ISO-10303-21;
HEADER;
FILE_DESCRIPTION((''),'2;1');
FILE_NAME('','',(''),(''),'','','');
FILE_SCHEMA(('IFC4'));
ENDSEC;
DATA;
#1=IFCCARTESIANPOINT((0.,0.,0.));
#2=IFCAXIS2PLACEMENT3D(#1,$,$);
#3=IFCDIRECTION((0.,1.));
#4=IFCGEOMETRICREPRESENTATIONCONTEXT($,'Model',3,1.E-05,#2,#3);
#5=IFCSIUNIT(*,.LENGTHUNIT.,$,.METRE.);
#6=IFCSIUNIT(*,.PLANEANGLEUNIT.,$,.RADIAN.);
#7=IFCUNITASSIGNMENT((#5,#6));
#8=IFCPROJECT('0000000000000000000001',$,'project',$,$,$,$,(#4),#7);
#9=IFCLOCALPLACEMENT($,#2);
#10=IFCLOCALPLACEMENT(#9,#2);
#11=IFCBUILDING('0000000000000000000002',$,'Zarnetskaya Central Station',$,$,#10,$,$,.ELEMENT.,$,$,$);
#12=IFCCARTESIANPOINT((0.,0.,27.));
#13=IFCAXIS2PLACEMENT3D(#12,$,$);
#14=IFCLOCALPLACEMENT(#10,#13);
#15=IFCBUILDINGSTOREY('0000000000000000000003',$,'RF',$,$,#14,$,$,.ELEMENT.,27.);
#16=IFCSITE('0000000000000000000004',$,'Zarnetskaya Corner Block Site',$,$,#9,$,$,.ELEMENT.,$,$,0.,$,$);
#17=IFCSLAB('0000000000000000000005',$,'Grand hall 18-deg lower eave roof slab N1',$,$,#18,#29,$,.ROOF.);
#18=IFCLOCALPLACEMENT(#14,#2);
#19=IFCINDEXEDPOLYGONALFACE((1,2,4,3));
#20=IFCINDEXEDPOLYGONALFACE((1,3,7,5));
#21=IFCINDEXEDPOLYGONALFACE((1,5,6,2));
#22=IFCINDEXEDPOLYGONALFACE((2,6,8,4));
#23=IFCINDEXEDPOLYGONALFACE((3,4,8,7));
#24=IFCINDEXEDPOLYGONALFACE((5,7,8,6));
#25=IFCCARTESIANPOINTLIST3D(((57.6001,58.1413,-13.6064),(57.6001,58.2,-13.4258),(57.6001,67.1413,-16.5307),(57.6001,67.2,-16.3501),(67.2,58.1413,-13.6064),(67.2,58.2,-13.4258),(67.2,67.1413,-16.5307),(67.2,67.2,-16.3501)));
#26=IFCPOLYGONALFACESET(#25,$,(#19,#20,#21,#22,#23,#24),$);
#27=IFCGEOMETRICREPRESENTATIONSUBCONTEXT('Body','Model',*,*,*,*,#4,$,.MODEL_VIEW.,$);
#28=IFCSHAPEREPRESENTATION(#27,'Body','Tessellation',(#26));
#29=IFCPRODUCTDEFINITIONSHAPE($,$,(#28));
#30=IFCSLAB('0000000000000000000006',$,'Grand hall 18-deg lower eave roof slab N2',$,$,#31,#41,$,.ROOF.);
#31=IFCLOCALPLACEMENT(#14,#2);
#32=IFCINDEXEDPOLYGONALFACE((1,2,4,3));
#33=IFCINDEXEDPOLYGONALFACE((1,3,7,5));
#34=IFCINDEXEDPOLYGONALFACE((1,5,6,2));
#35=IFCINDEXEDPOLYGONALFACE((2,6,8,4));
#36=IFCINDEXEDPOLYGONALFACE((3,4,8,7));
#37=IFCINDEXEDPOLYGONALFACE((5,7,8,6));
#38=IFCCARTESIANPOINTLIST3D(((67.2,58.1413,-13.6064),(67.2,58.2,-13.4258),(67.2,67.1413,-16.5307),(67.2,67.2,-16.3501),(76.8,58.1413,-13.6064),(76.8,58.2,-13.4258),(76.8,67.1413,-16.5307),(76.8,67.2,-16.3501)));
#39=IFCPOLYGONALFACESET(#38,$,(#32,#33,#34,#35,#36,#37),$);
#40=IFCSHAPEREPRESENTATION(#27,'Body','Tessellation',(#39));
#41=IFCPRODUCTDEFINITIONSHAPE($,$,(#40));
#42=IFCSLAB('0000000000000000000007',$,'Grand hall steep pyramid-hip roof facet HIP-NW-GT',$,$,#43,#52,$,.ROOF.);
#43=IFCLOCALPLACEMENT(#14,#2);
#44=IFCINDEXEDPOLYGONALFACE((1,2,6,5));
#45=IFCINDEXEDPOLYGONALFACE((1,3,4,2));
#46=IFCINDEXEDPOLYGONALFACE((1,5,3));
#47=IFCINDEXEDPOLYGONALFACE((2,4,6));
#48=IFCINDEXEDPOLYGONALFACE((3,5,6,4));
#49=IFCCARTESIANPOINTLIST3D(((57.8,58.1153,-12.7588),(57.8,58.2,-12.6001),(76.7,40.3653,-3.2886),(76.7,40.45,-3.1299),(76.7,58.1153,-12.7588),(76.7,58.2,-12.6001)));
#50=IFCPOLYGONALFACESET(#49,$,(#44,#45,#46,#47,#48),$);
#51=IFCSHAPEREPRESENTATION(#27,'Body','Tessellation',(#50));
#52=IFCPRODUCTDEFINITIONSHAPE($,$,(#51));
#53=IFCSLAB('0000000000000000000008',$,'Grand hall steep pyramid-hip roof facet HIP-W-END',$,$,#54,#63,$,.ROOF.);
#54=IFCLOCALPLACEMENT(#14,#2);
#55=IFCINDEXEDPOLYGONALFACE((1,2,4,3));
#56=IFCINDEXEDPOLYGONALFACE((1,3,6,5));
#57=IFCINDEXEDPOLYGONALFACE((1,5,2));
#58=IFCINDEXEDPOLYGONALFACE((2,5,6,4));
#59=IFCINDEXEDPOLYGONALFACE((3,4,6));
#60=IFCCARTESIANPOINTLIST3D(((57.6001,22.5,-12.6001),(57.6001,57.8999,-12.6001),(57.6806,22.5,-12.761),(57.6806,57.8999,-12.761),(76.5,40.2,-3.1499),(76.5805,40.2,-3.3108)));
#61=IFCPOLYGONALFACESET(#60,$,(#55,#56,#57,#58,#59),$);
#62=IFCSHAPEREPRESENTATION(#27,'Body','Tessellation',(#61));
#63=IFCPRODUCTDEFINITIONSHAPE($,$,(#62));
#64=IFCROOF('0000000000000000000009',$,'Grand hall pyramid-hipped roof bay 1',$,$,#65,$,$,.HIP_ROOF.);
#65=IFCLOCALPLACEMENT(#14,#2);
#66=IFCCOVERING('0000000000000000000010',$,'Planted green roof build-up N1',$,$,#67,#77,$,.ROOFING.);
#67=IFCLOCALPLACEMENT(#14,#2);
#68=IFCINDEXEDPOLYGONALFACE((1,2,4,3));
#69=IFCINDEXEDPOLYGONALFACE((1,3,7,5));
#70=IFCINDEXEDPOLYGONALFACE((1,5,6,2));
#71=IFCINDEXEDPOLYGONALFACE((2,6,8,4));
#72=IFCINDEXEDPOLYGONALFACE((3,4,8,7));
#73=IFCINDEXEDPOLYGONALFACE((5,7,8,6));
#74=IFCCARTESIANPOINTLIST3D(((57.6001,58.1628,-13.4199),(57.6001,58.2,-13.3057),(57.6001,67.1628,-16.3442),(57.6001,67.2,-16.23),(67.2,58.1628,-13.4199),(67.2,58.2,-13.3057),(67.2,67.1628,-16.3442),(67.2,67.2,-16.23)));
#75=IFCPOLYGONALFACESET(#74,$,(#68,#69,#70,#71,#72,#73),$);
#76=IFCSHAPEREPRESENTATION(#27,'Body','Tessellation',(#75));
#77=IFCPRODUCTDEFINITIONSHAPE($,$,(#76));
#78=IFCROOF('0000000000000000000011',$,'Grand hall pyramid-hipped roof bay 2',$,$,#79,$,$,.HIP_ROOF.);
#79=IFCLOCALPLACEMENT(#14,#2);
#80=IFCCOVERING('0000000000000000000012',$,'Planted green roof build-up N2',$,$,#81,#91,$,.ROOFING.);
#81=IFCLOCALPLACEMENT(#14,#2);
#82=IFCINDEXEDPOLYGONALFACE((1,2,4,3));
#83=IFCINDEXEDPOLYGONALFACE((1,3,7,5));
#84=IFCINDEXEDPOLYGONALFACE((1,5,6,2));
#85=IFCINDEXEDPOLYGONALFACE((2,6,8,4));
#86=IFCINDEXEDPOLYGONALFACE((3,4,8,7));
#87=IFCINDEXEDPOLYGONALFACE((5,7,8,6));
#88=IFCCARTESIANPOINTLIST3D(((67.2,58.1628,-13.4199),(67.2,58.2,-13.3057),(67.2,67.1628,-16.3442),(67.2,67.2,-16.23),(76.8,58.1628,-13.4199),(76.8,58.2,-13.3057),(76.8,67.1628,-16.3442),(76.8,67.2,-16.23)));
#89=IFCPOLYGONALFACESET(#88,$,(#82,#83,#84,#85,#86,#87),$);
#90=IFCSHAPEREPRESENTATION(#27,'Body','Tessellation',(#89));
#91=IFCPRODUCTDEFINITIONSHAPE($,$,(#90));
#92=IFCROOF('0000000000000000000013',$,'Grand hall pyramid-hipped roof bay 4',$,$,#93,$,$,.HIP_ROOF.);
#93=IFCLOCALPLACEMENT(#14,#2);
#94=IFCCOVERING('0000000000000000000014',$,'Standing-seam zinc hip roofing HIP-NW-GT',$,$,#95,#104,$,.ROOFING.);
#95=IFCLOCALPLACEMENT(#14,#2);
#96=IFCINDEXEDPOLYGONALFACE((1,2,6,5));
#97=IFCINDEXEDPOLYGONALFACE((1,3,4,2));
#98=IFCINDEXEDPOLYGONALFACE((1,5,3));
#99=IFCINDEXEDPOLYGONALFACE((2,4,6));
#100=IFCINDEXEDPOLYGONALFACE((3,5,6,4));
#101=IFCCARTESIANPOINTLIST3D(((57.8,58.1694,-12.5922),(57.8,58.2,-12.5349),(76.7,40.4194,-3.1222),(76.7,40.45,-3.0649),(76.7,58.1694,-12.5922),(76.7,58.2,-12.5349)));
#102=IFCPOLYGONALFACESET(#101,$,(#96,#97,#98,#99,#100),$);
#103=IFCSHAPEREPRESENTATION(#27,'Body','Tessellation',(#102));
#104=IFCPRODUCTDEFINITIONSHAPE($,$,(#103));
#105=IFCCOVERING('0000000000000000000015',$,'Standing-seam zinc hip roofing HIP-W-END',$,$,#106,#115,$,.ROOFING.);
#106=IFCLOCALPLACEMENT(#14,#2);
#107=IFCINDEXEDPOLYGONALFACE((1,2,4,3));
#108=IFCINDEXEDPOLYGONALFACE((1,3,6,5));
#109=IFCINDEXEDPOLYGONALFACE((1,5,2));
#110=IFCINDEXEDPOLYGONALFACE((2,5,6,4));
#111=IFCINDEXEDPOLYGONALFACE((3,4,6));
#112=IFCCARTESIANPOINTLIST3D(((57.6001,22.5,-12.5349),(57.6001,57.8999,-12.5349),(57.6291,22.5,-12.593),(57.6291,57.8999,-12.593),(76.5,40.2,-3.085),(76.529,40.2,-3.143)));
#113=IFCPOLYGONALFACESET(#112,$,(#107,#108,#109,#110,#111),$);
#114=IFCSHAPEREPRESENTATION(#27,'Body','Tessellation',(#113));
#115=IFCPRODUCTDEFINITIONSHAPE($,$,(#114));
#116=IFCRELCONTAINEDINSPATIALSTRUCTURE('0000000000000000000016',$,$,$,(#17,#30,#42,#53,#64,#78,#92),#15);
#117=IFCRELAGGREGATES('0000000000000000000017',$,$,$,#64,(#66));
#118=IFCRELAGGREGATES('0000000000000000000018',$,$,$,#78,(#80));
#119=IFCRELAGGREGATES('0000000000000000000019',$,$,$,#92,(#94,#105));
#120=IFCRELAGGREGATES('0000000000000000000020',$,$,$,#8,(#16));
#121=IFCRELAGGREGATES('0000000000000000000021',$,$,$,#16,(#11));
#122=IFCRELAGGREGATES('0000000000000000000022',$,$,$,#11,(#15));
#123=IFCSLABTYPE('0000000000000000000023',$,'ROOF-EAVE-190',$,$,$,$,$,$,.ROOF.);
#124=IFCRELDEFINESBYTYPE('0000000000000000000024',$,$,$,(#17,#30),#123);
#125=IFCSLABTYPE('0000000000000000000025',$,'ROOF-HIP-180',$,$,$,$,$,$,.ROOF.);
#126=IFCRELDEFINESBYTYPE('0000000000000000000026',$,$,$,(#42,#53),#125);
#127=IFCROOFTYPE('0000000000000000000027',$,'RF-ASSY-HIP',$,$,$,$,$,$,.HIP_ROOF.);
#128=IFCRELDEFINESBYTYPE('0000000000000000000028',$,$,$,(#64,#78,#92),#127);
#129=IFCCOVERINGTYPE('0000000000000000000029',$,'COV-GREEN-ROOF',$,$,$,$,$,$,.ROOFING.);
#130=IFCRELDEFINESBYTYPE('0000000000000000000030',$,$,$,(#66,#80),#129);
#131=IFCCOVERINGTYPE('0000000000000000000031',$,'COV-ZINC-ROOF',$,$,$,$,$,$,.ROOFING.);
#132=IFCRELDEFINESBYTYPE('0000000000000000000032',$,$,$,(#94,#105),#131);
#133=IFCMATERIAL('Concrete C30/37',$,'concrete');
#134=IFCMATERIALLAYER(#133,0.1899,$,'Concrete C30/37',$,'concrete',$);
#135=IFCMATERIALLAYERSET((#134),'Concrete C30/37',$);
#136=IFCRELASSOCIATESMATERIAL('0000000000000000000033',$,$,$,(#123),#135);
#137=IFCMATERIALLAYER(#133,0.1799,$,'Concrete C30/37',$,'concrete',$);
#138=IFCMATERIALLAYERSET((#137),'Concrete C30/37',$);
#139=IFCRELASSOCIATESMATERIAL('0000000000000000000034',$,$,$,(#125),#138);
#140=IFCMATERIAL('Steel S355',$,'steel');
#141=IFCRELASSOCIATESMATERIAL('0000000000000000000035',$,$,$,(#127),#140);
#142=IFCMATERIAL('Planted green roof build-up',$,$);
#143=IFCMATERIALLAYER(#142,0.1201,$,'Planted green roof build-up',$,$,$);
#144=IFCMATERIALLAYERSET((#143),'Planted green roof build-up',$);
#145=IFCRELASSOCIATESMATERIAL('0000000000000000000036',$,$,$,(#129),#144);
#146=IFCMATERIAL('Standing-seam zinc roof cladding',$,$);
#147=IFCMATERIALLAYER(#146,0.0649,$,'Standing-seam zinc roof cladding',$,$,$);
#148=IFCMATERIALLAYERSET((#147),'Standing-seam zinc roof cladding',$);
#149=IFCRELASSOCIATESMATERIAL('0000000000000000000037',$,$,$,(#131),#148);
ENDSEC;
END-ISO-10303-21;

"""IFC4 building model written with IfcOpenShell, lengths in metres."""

from ifc_helpers import new_model, si_unit, direction, frame, origin, place, context, subcontext, project, spatial, polyline, outline, extrude, material, layer, layer_set, type_object, element, aggregate, save


model = new_model("IFC4")

# Units and contexts
model_context = context("Model", 3, precision=1e-05, world=origin(), true_north=direction((0.0, 1.0)))
body_context = subcontext(model_context, "Body", "Model", "MODEL_VIEW")
ifc_project = project(units=[si_unit("LENGTHUNIT", "METRE"), si_unit("PLANEANGLEUNIT", "RADIAN")], contexts=[model_context])

# Site, building, storey
site_placement = place(None, origin())
site = spatial("IfcSite", under=ifc_project, at=site_placement, Name="Zarnetskaya Corner Block Site", CompositionType="ELEMENT", RefElevation=0.0)
building_placement = place(site_placement, origin())
building = spatial("IfcBuilding", under=site, at=building_placement, Name="Zarnetskaya Central Station", CompositionType="ELEMENT")
storey_placement = place(building_placement, frame((0.0, 0.0, 27.0)))
storey = spatial("IfcBuildingStorey", under=building, at=storey_placement, Name="RF", CompositionType="ELEMENT", Elevation=27.0)

# Shared definitions
ifc_material_1 = material(Name="Steel S355", Category="steel")

# Slabs
ifc_material_2 = material(Name="Concrete C30/37", Category="concrete")
ifc_layer_1 = layer(ifc_material_2, 0.1899, Name="Concrete C30/37", Category="concrete")
ifc_layer_set_1 = layer_set([ifc_layer_1], Name="Concrete C30/37")
slab_type_1 = type_object("IfcSlabType", Name="ROOF-EAVE-190", PredefinedType="ROOF", material=ifc_layer_set_1)
slab_1_placement = place(storey_placement, frame((67.2, 67.2, -16.3501), z_axis=(0.0, 0.309021, 0.951055), x_axis=(-1.0, 0.0, 0.0)))
element("IfcSlab", 1, at=slab_1_placement, inside=storey, type_object=slab_type_1, Name="Grand hall 18-deg lower eave roof slab N1", PredefinedType="ROOF", context=body_context, shape_type="SweptSolid", body=[
    extrude(outline(polyline([(0.0, 0.0), (9.5999, 0.0), (9.5999, 9.4632), (0.0, 9.4632), (0.0, 0.0)])), origin(), (0.0, 0.0, -1.0), 0.1899),
])
slab_2_placement = place(storey_placement, frame((76.8, 67.2, -16.3501), z_axis=(0.0, 0.309021, 0.951055), x_axis=(-1.0, 0.0, 0.0)))
element("IfcSlab", 2, at=slab_2_placement, inside=storey, type_object=slab_type_1, Name="Grand hall 18-deg lower eave roof slab N2", PredefinedType="ROOF", context=body_context, shape_type="SweptSolid", body=[
    extrude(outline(polyline([(0.0, 0.0), (9.6001, 0.0), (9.6001, 9.4632), (0.0, 9.4632), (0.0, 0.0)])), origin(), (0.0, 0.0, -1.0), 0.1899),
])
ifc_layer_2 = layer(ifc_material_2, 0.1799, Name="Concrete C30/37", Category="concrete")
ifc_layer_set_2 = layer_set([ifc_layer_2], Name="Concrete C30/37")
slab_type_2 = type_object("IfcSlabType", Name="ROOF-HIP-180", PredefinedType="ROOF", material=ifc_layer_set_2)
slab_3_placement = place(storey_placement, frame((76.7, 58.2, -12.6001), z_axis=(0.0, 0.470726, 0.88228), x_axis=(-1.0, 0.0, 0.0)))
element("IfcSlab", 3, at=slab_3_placement, inside=storey, type_object=slab_type_2, Name="Grand hall steep pyramid-hip roof facet HIP-NW-GT", PredefinedType="ROOF", context=body_context, shape_type="SweptSolid", body=[
    extrude(outline(polyline([(0.0, 0.0), (18.8999, 0.0), (0.0, 20.1183), (0.0, 0.0)])), origin(), (0.0, 0.0, -1.0), 0.1799),
])
slab_4_placement = place(storey_placement, frame((57.6001, 57.8999, -12.6001), z_axis=(-0.447223, 0.0, 0.894423), x_axis=(0.0, -1.0, 0.0)))
element("IfcSlab", 4, at=slab_4_placement, inside=storey, type_object=slab_type_2, Name="Grand hall steep pyramid-hip roof facet HIP-W-END", PredefinedType="ROOF", context=body_context, shape_type="SweptSolid", body=[
    extrude(outline(polyline([(0.0, 0.0), (35.3999, 0.0), (17.7, 21.1308), (0.0, 0.0)])), origin(), (0.0, 0.0, -1.0), 0.1799),
])

# Roofs, coverings
roof_type = type_object("IfcRoofType", Name="RF-ASSY-HIP", PredefinedType="HIP_ROOF", material=ifc_material_1)
roof_1_placement = place(storey_placement, origin())
roof_1 = element("IfcRoof", 5, at=roof_1_placement, inside=storey, type_object=roof_type, Name="Grand hall pyramid-hipped roof bay 1", PredefinedType="HIP_ROOF")
ifc_material_3 = material(Name="Planted green roof build-up")
ifc_layer_3 = layer(ifc_material_3, 0.1201, Name="Planted green roof build-up")
ifc_layer_set_3 = layer_set([ifc_layer_3], Name="Planted green roof build-up")
covering_type_1 = type_object("IfcCoveringType", Name="COV-GREEN-ROOF", PredefinedType="ROOFING", material=ifc_layer_set_3)
covering_1_placement = place(storey_placement, frame((67.2, 67.2, -16.23), z_axis=(0.0, 0.309021, 0.951055), x_axis=(-1.0, 0.0, 0.0)))
covering_1 = element("IfcCovering", 6, at=covering_1_placement, type_object=covering_type_1, Name="Planted green roof build-up N1", PredefinedType="ROOFING", context=body_context, shape_type="SweptSolid", body=[
    extrude(outline(polyline([(0.0, 0.0), (9.5999, 0.0), (9.5999, 9.4632), (0.0, 9.4632), (0.0, 0.0)])), origin(), (0.0, 0.0, -1.0), 0.1201),
])
aggregate(roof_1, [covering_1])
roof_2_placement = place(storey_placement, origin())
roof_2 = element("IfcRoof", 7, at=roof_2_placement, inside=storey, type_object=roof_type, Name="Grand hall pyramid-hipped roof bay 2", PredefinedType="HIP_ROOF")
covering_2_placement = place(storey_placement, frame((76.8, 67.2, -16.23), z_axis=(0.0, 0.309021, 0.951055), x_axis=(-1.0, 0.0, 0.0)))
covering_2 = element("IfcCovering", 8, at=covering_2_placement, type_object=covering_type_1, Name="Planted green roof build-up N2", PredefinedType="ROOFING", context=body_context, shape_type="SweptSolid", body=[
    extrude(outline(polyline([(0.0, 0.0), (9.6001, 0.0), (9.6001, 9.4632), (0.0, 9.4632), (0.0, 0.0)])), origin(), (0.0, 0.0, -1.0), 0.1201),
])
aggregate(roof_2, [covering_2])

# Roof, coverings
roof_3_placement = place(storey_placement, origin())
roof_3 = element("IfcRoof", 9, at=roof_3_placement, inside=storey, type_object=roof_type, Name="Grand hall pyramid-hipped roof bay 4", PredefinedType="HIP_ROOF")
ifc_material_4 = material(Name="Standing-seam zinc roof cladding")
ifc_layer_4 = layer(ifc_material_4, 0.0649, Name="Standing-seam zinc roof cladding")
ifc_layer_set_4 = layer_set([ifc_layer_4], Name="Standing-seam zinc roof cladding")
covering_type_2 = type_object("IfcCoveringType", Name="COV-ZINC-ROOF", PredefinedType="ROOFING", material=ifc_layer_set_4)
covering_3_placement = place(storey_placement, frame((76.7, 58.2, -12.5349), z_axis=(0.0, 0.470716, 0.882285), x_axis=(-1.0, 0.0, 0.0)))
covering_3 = element("IfcCovering", 10, at=covering_3_placement, type_object=covering_type_2, Name="Standing-seam zinc hip roofing HIP-NW-GT", PredefinedType="ROOFING", context=body_context, shape_type="SweptSolid", body=[
    extrude(outline(polyline([(0.0, 0.0), (18.8999, 0.0), (0.0, 20.1182), (0.0, 0.0)])), origin(), (0.0, 0.0, -1.0), 0.0649),
])
covering_4_placement = place(storey_placement, frame((57.6001, 57.8999, -12.5349), z_axis=(-0.447214, 0.0, 0.894427), x_axis=(0.0, -1.0, 0.0)))
covering_4 = element("IfcCovering", 11, at=covering_4_placement, type_object=covering_type_2, Name="Standing-seam zinc hip roofing HIP-W-END", PredefinedType="ROOFING", context=body_context, shape_type="SweptSolid", body=[
    extrude(outline(polyline([(0.0, 0.0), (35.3999, 0.0), (17.7, 21.1307), (0.0, 0.0)])), origin(), (0.0, 0.0, -1.0), 0.0649),
])
aggregate(roof_3, [covering_3, covering_4])

save(model, "model.ifc")
